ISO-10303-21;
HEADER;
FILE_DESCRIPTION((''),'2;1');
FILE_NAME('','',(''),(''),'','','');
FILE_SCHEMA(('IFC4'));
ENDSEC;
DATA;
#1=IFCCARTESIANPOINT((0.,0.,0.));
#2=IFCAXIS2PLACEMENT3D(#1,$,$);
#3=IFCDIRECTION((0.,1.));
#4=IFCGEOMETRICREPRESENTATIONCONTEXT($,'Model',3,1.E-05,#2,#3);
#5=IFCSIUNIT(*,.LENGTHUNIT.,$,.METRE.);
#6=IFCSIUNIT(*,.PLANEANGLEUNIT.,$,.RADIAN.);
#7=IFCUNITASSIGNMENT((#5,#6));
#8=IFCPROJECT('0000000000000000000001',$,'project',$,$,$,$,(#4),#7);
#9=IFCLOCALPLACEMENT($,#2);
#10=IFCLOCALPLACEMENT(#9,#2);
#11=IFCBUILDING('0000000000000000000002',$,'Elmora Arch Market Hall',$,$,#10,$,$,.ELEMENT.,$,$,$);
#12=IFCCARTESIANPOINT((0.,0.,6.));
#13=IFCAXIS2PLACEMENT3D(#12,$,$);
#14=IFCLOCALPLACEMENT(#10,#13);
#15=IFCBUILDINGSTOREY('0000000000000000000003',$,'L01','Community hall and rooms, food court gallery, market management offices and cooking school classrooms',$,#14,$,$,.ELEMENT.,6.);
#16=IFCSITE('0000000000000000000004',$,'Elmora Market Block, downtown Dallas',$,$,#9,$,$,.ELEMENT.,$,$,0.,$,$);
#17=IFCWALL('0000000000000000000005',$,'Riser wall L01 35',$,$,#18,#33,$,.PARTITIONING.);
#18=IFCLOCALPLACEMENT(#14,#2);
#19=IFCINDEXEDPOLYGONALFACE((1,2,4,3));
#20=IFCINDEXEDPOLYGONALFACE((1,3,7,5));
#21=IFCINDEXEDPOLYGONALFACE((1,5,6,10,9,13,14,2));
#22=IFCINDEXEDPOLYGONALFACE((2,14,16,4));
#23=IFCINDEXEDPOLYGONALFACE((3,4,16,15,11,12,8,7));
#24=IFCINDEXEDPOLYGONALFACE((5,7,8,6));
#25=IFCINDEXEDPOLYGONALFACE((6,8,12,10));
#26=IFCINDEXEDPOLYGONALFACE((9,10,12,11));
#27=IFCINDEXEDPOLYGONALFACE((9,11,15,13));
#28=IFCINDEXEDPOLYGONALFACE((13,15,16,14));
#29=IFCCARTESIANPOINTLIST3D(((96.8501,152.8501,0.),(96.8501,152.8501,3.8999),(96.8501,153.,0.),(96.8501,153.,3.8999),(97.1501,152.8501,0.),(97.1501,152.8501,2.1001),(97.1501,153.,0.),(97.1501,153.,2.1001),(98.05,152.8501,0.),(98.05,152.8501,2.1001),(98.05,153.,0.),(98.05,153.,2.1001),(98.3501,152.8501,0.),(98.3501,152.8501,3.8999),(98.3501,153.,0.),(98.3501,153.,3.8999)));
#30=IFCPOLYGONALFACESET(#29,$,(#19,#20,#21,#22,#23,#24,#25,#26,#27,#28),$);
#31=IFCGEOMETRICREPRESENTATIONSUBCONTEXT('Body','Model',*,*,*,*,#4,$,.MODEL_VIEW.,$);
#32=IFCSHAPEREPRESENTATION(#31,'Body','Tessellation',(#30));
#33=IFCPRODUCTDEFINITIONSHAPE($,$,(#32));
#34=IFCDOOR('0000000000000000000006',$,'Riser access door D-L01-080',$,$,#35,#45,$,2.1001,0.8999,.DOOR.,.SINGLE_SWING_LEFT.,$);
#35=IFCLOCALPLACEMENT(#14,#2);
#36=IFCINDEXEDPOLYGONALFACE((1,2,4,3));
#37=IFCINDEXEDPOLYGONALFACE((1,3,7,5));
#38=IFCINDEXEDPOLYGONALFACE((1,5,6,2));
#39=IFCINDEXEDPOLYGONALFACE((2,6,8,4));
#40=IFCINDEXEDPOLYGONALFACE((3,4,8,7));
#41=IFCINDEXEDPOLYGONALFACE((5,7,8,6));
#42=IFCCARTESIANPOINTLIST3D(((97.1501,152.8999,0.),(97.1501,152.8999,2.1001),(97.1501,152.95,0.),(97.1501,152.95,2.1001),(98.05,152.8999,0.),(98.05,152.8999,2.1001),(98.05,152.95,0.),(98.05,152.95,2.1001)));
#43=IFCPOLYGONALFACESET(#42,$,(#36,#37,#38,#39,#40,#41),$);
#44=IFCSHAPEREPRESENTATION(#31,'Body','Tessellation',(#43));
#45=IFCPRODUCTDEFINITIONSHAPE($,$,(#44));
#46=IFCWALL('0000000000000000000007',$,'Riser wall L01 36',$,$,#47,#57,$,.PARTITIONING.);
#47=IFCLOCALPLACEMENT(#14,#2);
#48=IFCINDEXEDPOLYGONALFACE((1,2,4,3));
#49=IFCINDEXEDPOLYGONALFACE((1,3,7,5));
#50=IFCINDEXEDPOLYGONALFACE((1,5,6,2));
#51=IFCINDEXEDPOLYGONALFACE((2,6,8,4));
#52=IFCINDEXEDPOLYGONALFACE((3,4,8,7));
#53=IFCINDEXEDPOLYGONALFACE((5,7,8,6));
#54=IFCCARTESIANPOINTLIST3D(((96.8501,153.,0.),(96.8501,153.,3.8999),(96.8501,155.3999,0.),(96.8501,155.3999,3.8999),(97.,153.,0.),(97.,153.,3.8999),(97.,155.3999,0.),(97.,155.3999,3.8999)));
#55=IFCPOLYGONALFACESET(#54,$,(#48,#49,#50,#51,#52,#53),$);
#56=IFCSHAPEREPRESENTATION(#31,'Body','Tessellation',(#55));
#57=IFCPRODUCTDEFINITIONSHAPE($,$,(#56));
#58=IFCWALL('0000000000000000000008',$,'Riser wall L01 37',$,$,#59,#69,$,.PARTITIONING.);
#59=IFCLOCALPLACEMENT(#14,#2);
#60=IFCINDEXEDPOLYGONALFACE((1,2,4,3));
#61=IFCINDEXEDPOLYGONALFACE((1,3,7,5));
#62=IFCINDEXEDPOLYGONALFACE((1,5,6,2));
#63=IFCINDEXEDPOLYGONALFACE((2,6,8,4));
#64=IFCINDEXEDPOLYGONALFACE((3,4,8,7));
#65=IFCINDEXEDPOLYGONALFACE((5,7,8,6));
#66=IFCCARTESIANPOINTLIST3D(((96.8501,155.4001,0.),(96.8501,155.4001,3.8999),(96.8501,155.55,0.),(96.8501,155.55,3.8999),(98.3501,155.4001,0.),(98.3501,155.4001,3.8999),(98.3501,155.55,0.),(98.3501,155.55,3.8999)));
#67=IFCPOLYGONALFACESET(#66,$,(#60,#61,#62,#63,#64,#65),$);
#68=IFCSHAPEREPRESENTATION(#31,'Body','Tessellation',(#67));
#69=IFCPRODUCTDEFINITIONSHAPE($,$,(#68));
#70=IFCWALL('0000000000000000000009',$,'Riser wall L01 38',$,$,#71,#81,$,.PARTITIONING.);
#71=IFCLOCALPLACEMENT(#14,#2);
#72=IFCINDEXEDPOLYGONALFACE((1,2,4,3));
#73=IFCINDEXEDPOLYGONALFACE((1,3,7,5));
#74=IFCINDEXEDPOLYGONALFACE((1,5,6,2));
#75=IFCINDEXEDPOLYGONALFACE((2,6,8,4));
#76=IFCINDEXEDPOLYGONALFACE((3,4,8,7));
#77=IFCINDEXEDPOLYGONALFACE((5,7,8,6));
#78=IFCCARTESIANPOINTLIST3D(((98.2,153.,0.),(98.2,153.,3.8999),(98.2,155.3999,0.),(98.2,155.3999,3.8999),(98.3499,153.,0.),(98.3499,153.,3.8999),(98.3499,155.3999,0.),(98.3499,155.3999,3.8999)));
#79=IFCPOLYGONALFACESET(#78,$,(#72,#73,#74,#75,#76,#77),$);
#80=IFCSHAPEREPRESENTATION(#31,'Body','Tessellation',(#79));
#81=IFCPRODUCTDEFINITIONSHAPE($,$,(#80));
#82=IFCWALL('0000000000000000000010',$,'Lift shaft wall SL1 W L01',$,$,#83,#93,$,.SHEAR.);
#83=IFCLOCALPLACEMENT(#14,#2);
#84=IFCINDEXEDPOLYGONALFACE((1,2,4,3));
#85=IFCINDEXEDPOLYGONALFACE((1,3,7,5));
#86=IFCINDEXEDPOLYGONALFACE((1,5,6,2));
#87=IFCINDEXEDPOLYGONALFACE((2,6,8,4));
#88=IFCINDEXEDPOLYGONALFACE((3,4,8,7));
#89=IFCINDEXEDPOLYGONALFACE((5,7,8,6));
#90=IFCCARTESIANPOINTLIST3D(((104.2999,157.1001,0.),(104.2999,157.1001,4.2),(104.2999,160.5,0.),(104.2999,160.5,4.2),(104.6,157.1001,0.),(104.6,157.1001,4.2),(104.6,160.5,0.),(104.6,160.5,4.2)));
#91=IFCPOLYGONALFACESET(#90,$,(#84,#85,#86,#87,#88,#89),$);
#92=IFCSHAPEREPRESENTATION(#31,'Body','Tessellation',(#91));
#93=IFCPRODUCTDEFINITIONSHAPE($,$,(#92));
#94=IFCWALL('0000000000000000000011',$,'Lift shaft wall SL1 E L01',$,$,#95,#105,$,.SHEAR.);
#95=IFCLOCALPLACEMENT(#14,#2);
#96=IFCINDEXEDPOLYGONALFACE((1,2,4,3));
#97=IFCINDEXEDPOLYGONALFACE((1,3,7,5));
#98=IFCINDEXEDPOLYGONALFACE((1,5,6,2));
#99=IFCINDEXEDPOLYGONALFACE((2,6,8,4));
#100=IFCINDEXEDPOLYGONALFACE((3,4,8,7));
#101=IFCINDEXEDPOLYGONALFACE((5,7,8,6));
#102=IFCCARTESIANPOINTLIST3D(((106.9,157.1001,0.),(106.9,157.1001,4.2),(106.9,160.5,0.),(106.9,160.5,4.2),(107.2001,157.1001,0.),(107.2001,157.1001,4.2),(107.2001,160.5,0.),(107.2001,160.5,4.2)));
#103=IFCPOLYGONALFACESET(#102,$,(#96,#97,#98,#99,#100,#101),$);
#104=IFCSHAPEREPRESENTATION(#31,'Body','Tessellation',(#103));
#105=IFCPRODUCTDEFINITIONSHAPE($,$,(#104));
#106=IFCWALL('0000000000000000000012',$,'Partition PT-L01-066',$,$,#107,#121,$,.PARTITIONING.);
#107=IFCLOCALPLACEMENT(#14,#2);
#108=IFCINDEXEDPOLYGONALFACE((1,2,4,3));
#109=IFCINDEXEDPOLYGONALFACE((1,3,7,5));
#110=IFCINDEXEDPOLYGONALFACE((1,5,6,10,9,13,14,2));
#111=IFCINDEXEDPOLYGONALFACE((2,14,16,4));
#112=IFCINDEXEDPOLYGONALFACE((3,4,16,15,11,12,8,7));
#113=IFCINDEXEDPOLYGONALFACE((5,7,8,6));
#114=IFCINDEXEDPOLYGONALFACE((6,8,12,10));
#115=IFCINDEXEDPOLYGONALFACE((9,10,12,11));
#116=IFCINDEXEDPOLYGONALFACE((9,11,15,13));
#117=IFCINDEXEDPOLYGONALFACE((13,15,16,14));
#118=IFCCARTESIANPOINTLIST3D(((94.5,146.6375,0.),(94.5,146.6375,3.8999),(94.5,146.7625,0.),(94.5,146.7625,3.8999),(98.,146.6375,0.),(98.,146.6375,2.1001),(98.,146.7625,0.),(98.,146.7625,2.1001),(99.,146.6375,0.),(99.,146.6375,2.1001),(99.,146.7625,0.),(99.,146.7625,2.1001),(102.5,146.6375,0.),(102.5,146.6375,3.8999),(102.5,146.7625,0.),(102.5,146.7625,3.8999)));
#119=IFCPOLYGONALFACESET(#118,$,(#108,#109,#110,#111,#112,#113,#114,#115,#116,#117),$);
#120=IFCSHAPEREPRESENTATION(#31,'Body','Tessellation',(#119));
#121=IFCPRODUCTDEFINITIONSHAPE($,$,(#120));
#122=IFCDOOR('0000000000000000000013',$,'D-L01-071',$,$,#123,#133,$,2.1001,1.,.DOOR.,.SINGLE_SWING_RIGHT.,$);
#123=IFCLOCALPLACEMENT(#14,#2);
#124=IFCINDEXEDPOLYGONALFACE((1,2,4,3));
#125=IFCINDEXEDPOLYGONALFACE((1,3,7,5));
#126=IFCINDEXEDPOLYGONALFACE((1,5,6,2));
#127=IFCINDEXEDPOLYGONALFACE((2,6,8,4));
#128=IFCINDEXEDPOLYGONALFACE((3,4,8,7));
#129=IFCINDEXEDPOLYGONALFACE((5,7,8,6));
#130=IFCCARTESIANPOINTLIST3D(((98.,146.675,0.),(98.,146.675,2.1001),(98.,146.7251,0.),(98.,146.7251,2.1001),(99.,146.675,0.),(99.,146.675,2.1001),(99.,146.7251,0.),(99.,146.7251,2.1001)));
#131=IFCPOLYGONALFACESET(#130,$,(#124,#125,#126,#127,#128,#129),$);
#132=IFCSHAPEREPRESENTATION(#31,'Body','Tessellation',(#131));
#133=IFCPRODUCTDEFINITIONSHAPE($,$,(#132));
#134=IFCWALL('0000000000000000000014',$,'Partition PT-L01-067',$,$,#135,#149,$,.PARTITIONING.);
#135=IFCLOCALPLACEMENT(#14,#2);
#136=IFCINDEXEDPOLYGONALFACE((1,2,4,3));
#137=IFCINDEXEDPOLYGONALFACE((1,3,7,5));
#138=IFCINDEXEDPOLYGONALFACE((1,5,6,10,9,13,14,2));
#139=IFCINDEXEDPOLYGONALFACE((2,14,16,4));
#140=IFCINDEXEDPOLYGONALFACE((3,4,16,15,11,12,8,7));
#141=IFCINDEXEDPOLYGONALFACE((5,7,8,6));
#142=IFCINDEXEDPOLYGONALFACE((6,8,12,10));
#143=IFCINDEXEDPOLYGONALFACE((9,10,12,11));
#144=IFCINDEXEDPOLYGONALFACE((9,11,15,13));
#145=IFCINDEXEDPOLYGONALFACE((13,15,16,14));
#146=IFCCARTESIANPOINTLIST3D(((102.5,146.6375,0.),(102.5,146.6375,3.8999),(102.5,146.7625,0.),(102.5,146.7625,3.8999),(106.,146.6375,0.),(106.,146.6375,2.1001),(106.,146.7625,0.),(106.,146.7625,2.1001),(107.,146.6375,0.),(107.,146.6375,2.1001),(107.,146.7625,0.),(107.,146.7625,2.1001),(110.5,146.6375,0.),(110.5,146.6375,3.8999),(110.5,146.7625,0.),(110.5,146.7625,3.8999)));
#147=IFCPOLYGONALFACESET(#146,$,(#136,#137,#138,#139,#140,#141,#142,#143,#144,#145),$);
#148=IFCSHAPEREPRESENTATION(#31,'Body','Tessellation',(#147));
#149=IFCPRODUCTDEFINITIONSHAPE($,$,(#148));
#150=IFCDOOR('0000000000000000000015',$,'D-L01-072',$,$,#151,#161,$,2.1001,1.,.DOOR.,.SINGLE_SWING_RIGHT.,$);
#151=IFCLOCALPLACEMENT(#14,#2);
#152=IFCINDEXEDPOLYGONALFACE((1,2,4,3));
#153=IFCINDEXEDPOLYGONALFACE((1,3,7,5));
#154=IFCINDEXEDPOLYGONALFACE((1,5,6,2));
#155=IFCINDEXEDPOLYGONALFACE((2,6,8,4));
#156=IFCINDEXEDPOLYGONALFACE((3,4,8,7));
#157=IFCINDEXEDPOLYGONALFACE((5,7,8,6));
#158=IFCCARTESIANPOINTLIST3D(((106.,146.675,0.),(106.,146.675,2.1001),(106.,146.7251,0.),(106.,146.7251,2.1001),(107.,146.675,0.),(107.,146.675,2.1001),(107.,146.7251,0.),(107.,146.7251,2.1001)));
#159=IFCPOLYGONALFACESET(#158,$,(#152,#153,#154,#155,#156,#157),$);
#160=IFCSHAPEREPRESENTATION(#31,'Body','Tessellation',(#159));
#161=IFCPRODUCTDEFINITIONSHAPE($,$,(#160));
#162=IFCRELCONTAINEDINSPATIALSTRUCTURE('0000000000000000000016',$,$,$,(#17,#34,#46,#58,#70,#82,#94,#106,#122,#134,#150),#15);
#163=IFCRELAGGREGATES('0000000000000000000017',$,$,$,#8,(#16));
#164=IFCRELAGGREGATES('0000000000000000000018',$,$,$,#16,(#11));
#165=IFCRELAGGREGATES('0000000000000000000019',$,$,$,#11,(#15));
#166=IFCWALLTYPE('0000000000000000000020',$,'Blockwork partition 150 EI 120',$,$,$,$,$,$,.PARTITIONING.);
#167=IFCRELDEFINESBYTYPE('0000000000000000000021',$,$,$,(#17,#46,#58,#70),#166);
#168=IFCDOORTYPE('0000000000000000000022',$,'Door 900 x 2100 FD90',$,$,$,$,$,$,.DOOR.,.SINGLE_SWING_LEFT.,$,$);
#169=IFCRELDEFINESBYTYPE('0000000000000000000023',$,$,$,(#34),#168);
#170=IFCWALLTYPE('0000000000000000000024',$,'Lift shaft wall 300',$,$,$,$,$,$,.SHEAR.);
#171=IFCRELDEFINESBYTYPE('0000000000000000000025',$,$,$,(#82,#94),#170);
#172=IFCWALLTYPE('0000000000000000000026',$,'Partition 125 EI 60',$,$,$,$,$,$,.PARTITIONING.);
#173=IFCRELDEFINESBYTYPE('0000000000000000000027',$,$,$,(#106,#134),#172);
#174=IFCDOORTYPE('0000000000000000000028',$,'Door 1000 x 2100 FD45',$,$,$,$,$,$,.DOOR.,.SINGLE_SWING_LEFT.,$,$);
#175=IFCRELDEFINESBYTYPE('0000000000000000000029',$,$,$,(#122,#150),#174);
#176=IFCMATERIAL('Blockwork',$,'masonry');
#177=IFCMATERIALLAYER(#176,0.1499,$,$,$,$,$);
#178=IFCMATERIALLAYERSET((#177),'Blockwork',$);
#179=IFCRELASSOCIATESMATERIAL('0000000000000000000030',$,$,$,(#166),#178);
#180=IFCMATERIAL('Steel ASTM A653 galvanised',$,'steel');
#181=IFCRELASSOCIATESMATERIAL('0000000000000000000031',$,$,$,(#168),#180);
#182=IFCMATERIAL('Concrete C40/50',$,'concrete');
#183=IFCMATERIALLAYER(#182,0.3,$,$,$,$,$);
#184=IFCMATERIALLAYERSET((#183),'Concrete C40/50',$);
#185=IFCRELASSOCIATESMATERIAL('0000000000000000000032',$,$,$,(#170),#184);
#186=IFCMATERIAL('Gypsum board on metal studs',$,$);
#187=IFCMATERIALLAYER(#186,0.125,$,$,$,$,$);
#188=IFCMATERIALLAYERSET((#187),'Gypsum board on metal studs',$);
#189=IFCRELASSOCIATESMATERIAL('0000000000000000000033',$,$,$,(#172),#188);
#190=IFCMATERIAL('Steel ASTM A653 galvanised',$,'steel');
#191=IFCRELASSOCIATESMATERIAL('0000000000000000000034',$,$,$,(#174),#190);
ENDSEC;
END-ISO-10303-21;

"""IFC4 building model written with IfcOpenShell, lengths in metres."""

from ifc_helpers import new_model, si_unit, direction, frame, frame_2d, origin, place, context, subcontext, project, spatial, rectangle, extrude, material, layer, layer_set, type_object, element, fill, save


model = new_model("IFC4")

# Units and contexts
model_context = context("Model", 3, precision=1e-05, world=origin(), true_north=direction((0.0, 1.0)))
body_context = subcontext(model_context, "Body", "Model", "MODEL_VIEW")
ifc_project = project(units=[si_unit("LENGTHUNIT", "METRE"), si_unit("PLANEANGLEUNIT", "RADIAN")], contexts=[model_context])

# Site, building, storey
site_placement = place(None, origin())
site = spatial("IfcSite", under=ifc_project, at=site_placement, Name="Elmora Market Block, downtown Dallas", CompositionType="ELEMENT", RefElevation=0.0)
building_placement = place(site_placement, origin())
building = spatial("IfcBuilding", under=site, at=building_placement, Name="Elmora Arch Market Hall", CompositionType="ELEMENT")
storey_placement = place(building_placement, frame((0.0, 0.0, 6.0)))
storey = spatial("IfcBuildingStorey", under=building, at=storey_placement, Name="L01", Description="Community hall and rooms, food court gallery, market management offices and cooking school classrooms", CompositionType="ELEMENT", Elevation=6.0)

# Wall, opening, door
ifc_material_1 = material(Name="Blockwork", Category="masonry")
ifc_layer_1 = layer(ifc_material_1, 0.1499)
ifc_layer_set_1 = layer_set([ifc_layer_1], Name="Blockwork")
wall_type_1 = type_object("IfcWallType", Name="Blockwork partition 150 EI 120", PredefinedType="PARTITIONING", material=ifc_layer_set_1)
wall_1_placement = place(storey_placement, frame((96.8501, 152.925, 0.0), z_axis=(0.0, 0.0, 1.0), x_axis=(1.0, 0.0, 0.0)))
wall_1 = element("IfcWall", 1, at=wall_1_placement, inside=storey, type_object=wall_type_1, Name="Riser wall L01 35", PredefinedType="PARTITIONING", context=body_context, shape_type="SweptSolid", body=[
    extrude(rectangle(XDim=1.5, YDim=0.1499, at=frame_2d((0.75, 0.0))), origin(), (0.0, 0.0, 1.0), 3.8999),
])
opening_1_placement = place(wall_1_placement, frame((0.3, 0.0, 0.0)))
opening_1 = element("IfcOpeningElement", 2, at=opening_1_placement, cuts=wall_1, PredefinedType="OPENING", context=body_context, shape_type="SweptSolid", body=[
    extrude(rectangle(XDim=0.8999, YDim=2.1001, at=frame_2d((0.45, 1.05))), frame((0.0, 0.085, 0.0), z_axis=(0.0, -1.0, 0.0), x_axis=(1.0, 0.0, 0.0)), (0.0, 0.0, 1.0), 0.1699),
])
ifc_material_2 = material(Name="Steel ASTM A653 galvanised", Category="steel")
door_type_1 = type_object("IfcDoorType", Name="Door 900 x 2100 FD90", OperationType="SINGLE_SWING_LEFT", PredefinedType="DOOR", material=ifc_material_2)
door_1_placement = place(opening_1_placement, origin())
door_1 = element("IfcDoor", 3, at=door_1_placement, inside=storey, type_object=door_type_1, Name="Riser access door D-L01-080", OperationType="SINGLE_SWING_LEFT", OverallHeight=2.1001, OverallWidth=0.8999, PredefinedType="DOOR", context=body_context, shape_type="SweptSolid", body=[
    extrude(rectangle(XDim=0.8999, YDim=2.1001, at=frame_2d((0.45, 1.05))), frame((0.0, 0.0249, 0.0), z_axis=(0.0, -1.0, 0.0), x_axis=(1.0, 0.0, 0.0)), (0.0, 0.0, 1.0), 0.05),
])
fill(opening_1, door_1)

# Walls
wall_2_placement = place(storey_placement, frame((96.925, 153.0, 0.0), z_axis=(0.0, 0.0, 1.0), x_axis=(0.0, 1.0, 0.0)))
element("IfcWall", 4, at=wall_2_placement, inside=storey, type_object=wall_type_1, Name="Riser wall L01 36", PredefinedType="PARTITIONING", context=body_context, shape_type="SweptSolid", body=[
    extrude(rectangle(XDim=2.3999, YDim=0.1499, at=frame_2d((1.2, 0.0))), origin(), (0.0, 0.0, 1.0), 3.8999),
])
wall_3_placement = place(storey_placement, frame((96.8501, 155.4751, 0.0), z_axis=(0.0, 0.0, 1.0), x_axis=(1.0, 0.0, 0.0)))
element("IfcWall", 5, at=wall_3_placement, inside=storey, type_object=wall_type_1, Name="Riser wall L01 37", PredefinedType="PARTITIONING", context=body_context, shape_type="SweptSolid", body=[
    extrude(rectangle(XDim=1.5, YDim=0.1499, at=frame_2d((0.75, 0.0))), origin(), (0.0, 0.0, 1.0), 3.8999),
])
wall_4_placement = place(storey_placement, frame((98.2749, 153.0, 0.0), z_axis=(0.0, 0.0, 1.0), x_axis=(0.0, 1.0, 0.0)))
element("IfcWall", 6, at=wall_4_placement, inside=storey, type_object=wall_type_1, Name="Riser wall L01 38", PredefinedType="PARTITIONING", context=body_context, shape_type="SweptSolid", body=[
    extrude(rectangle(XDim=2.3999, YDim=0.1499, at=frame_2d((1.2, 0.0))), origin(), (0.0, 0.0, 1.0), 3.8999),
])
ifc_material_3 = material(Name="Concrete C40/50", Category="concrete")
ifc_layer_2 = layer(ifc_material_3, 0.3)
ifc_layer_set_2 = layer_set([ifc_layer_2], Name="Concrete C40/50")
wall_type_2 = type_object("IfcWallType", Name="Lift shaft wall 300", PredefinedType="SHEAR", material=ifc_layer_set_2)
for number, where, z_axis, x_axis, name in (
    (7, (104.45, 157.1001, 0.0), (0.0, 0.0, 1.0), (0.0, 1.0, 0.0), "Lift shaft wall SL1 W L01"),
    (8, (107.05, 157.1001, 0.0), (0.0, 0.0, 1.0), (0.0, 1.0, 0.0), "Lift shaft wall SL1 E L01"),
):
    element("IfcWall", number, at=place(storey_placement, frame(where, z_axis=z_axis, x_axis=x_axis)), inside=storey, type_object=wall_type_2, Name=name, PredefinedType="SHEAR", context=body_context, shape_type="SweptSolid", body=[
        extrude(rectangle(XDim=3.3999, YDim=0.3, at=frame_2d((1.7, 0.0))), origin(), (0.0, 0.0, 1.0), 4.2),
    ])

# Walls, openings, doors
ifc_material_4 = material(Name="Gypsum board on metal studs")
ifc_layer_3 = layer(ifc_material_4, 0.125)
ifc_layer_set_3 = layer_set([ifc_layer_3], Name="Gypsum board on metal studs")
wall_type_3 = type_object("IfcWallType", Name="Partition 125 EI 60", PredefinedType="PARTITIONING", material=ifc_layer_set_3)
wall_5_placement = place(storey_placement, frame((94.5, 146.7, 0.0), z_axis=(0.0, 0.0, 1.0), x_axis=(1.0, 0.0, 0.0)))
wall_5 = element("IfcWall", 9, at=wall_5_placement, inside=storey, type_object=wall_type_3, Name="Partition PT-L01-066", PredefinedType="PARTITIONING", context=body_context, shape_type="SweptSolid", body=[
    extrude(rectangle(XDim=8.0, YDim=0.125, at=frame_2d((4.0, 0.0))), origin(), (0.0, 0.0, 1.0), 3.8999),
])
opening_2_placement = place(wall_5_placement, frame((3.5, 0.0, 0.0)))
opening_2 = element("IfcOpeningElement", 10, at=opening_2_placement, cuts=wall_5, PredefinedType="OPENING", context=body_context, shape_type="SweptSolid", body=[
    extrude(rectangle(XDim=1.0, YDim=2.1001, at=frame_2d((0.5, 1.05))), frame((0.0, 0.0725, 0.0), z_axis=(0.0, -1.0, 0.0), x_axis=(1.0, 0.0, 0.0)), (0.0, 0.0, 1.0), 0.145),
])
ifc_material_5 = material(Name="Steel ASTM A653 galvanised", Category="steel")
door_type_2 = type_object("IfcDoorType", Name="Door 1000 x 2100 FD45", OperationType="SINGLE_SWING_LEFT", PredefinedType="DOOR", material=ifc_material_5)
door_2_placement = place(opening_2_placement, frame((1.0, 0.0, 0.0), z_axis=(0.0, 0.0, 1.0), x_axis=(-1.0, 0.0, 0.0)))
door_2 = element("IfcDoor", 11, at=door_2_placement, inside=storey, type_object=door_type_2, Name="D-L01-071", OperationType="SINGLE_SWING_RIGHT", OverallHeight=2.1001, OverallWidth=1.0, PredefinedType="DOOR", context=body_context, shape_type="SweptSolid", body=[
    extrude(rectangle(XDim=1.0, YDim=2.1001, at=frame_2d((0.5, 1.05))), frame((0.0, 0.0249, 0.0), z_axis=(0.0, -1.0, 0.0), x_axis=(1.0, 0.0, 0.0)), (0.0, 0.0, 1.0), 0.05),
])
fill(opening_2, door_2)
wall_6_placement = place(storey_placement, frame((102.5, 146.7, 0.0), z_axis=(0.0, 0.0, 1.0), x_axis=(1.0, 0.0, 0.0)))
wall_6 = element("IfcWall", 12, at=wall_6_placement, inside=storey, type_object=wall_type_3, Name="Partition PT-L01-067", PredefinedType="PARTITIONING", context=body_context, shape_type="SweptSolid", body=[
    extrude(rectangle(XDim=8.0, YDim=0.125, at=frame_2d((4.0, 0.0))), origin(), (0.0, 0.0, 1.0), 3.8999),
])
opening_3_placement = place(wall_6_placement, frame((3.5, 0.0, 0.0)))
opening_3 = element("IfcOpeningElement", 13, at=opening_3_placement, cuts=wall_6, PredefinedType="OPENING", context=body_context, shape_type="SweptSolid", body=[
    extrude(rectangle(XDim=1.0, YDim=2.1001, at=frame_2d((0.5, 1.05))), frame((0.0, 0.0725, 0.0), z_axis=(0.0, -1.0, 0.0), x_axis=(1.0, 0.0, 0.0)), (0.0, 0.0, 1.0), 0.145),
])
door_3_placement = place(opening_3_placement, frame((1.0, 0.0, 0.0), z_axis=(0.0, 0.0, 1.0), x_axis=(-1.0, 0.0, 0.0)))
door_3 = element("IfcDoor", 14, at=door_3_placement, inside=storey, type_object=door_type_2, Name="D-L01-072", OperationType="SINGLE_SWING_RIGHT", OverallHeight=2.1001, OverallWidth=1.0, PredefinedType="DOOR", context=body_context, shape_type="SweptSolid", body=[
    extrude(rectangle(XDim=1.0, YDim=2.1001, at=frame_2d((0.5, 1.05))), frame((0.0, 0.0249, 0.0), z_axis=(0.0, -1.0, 0.0), x_axis=(1.0, 0.0, 0.0)), (0.0, 0.0, 1.0), 0.05),
])
fill(opening_3, door_3)

save(model, "model.ifc")
